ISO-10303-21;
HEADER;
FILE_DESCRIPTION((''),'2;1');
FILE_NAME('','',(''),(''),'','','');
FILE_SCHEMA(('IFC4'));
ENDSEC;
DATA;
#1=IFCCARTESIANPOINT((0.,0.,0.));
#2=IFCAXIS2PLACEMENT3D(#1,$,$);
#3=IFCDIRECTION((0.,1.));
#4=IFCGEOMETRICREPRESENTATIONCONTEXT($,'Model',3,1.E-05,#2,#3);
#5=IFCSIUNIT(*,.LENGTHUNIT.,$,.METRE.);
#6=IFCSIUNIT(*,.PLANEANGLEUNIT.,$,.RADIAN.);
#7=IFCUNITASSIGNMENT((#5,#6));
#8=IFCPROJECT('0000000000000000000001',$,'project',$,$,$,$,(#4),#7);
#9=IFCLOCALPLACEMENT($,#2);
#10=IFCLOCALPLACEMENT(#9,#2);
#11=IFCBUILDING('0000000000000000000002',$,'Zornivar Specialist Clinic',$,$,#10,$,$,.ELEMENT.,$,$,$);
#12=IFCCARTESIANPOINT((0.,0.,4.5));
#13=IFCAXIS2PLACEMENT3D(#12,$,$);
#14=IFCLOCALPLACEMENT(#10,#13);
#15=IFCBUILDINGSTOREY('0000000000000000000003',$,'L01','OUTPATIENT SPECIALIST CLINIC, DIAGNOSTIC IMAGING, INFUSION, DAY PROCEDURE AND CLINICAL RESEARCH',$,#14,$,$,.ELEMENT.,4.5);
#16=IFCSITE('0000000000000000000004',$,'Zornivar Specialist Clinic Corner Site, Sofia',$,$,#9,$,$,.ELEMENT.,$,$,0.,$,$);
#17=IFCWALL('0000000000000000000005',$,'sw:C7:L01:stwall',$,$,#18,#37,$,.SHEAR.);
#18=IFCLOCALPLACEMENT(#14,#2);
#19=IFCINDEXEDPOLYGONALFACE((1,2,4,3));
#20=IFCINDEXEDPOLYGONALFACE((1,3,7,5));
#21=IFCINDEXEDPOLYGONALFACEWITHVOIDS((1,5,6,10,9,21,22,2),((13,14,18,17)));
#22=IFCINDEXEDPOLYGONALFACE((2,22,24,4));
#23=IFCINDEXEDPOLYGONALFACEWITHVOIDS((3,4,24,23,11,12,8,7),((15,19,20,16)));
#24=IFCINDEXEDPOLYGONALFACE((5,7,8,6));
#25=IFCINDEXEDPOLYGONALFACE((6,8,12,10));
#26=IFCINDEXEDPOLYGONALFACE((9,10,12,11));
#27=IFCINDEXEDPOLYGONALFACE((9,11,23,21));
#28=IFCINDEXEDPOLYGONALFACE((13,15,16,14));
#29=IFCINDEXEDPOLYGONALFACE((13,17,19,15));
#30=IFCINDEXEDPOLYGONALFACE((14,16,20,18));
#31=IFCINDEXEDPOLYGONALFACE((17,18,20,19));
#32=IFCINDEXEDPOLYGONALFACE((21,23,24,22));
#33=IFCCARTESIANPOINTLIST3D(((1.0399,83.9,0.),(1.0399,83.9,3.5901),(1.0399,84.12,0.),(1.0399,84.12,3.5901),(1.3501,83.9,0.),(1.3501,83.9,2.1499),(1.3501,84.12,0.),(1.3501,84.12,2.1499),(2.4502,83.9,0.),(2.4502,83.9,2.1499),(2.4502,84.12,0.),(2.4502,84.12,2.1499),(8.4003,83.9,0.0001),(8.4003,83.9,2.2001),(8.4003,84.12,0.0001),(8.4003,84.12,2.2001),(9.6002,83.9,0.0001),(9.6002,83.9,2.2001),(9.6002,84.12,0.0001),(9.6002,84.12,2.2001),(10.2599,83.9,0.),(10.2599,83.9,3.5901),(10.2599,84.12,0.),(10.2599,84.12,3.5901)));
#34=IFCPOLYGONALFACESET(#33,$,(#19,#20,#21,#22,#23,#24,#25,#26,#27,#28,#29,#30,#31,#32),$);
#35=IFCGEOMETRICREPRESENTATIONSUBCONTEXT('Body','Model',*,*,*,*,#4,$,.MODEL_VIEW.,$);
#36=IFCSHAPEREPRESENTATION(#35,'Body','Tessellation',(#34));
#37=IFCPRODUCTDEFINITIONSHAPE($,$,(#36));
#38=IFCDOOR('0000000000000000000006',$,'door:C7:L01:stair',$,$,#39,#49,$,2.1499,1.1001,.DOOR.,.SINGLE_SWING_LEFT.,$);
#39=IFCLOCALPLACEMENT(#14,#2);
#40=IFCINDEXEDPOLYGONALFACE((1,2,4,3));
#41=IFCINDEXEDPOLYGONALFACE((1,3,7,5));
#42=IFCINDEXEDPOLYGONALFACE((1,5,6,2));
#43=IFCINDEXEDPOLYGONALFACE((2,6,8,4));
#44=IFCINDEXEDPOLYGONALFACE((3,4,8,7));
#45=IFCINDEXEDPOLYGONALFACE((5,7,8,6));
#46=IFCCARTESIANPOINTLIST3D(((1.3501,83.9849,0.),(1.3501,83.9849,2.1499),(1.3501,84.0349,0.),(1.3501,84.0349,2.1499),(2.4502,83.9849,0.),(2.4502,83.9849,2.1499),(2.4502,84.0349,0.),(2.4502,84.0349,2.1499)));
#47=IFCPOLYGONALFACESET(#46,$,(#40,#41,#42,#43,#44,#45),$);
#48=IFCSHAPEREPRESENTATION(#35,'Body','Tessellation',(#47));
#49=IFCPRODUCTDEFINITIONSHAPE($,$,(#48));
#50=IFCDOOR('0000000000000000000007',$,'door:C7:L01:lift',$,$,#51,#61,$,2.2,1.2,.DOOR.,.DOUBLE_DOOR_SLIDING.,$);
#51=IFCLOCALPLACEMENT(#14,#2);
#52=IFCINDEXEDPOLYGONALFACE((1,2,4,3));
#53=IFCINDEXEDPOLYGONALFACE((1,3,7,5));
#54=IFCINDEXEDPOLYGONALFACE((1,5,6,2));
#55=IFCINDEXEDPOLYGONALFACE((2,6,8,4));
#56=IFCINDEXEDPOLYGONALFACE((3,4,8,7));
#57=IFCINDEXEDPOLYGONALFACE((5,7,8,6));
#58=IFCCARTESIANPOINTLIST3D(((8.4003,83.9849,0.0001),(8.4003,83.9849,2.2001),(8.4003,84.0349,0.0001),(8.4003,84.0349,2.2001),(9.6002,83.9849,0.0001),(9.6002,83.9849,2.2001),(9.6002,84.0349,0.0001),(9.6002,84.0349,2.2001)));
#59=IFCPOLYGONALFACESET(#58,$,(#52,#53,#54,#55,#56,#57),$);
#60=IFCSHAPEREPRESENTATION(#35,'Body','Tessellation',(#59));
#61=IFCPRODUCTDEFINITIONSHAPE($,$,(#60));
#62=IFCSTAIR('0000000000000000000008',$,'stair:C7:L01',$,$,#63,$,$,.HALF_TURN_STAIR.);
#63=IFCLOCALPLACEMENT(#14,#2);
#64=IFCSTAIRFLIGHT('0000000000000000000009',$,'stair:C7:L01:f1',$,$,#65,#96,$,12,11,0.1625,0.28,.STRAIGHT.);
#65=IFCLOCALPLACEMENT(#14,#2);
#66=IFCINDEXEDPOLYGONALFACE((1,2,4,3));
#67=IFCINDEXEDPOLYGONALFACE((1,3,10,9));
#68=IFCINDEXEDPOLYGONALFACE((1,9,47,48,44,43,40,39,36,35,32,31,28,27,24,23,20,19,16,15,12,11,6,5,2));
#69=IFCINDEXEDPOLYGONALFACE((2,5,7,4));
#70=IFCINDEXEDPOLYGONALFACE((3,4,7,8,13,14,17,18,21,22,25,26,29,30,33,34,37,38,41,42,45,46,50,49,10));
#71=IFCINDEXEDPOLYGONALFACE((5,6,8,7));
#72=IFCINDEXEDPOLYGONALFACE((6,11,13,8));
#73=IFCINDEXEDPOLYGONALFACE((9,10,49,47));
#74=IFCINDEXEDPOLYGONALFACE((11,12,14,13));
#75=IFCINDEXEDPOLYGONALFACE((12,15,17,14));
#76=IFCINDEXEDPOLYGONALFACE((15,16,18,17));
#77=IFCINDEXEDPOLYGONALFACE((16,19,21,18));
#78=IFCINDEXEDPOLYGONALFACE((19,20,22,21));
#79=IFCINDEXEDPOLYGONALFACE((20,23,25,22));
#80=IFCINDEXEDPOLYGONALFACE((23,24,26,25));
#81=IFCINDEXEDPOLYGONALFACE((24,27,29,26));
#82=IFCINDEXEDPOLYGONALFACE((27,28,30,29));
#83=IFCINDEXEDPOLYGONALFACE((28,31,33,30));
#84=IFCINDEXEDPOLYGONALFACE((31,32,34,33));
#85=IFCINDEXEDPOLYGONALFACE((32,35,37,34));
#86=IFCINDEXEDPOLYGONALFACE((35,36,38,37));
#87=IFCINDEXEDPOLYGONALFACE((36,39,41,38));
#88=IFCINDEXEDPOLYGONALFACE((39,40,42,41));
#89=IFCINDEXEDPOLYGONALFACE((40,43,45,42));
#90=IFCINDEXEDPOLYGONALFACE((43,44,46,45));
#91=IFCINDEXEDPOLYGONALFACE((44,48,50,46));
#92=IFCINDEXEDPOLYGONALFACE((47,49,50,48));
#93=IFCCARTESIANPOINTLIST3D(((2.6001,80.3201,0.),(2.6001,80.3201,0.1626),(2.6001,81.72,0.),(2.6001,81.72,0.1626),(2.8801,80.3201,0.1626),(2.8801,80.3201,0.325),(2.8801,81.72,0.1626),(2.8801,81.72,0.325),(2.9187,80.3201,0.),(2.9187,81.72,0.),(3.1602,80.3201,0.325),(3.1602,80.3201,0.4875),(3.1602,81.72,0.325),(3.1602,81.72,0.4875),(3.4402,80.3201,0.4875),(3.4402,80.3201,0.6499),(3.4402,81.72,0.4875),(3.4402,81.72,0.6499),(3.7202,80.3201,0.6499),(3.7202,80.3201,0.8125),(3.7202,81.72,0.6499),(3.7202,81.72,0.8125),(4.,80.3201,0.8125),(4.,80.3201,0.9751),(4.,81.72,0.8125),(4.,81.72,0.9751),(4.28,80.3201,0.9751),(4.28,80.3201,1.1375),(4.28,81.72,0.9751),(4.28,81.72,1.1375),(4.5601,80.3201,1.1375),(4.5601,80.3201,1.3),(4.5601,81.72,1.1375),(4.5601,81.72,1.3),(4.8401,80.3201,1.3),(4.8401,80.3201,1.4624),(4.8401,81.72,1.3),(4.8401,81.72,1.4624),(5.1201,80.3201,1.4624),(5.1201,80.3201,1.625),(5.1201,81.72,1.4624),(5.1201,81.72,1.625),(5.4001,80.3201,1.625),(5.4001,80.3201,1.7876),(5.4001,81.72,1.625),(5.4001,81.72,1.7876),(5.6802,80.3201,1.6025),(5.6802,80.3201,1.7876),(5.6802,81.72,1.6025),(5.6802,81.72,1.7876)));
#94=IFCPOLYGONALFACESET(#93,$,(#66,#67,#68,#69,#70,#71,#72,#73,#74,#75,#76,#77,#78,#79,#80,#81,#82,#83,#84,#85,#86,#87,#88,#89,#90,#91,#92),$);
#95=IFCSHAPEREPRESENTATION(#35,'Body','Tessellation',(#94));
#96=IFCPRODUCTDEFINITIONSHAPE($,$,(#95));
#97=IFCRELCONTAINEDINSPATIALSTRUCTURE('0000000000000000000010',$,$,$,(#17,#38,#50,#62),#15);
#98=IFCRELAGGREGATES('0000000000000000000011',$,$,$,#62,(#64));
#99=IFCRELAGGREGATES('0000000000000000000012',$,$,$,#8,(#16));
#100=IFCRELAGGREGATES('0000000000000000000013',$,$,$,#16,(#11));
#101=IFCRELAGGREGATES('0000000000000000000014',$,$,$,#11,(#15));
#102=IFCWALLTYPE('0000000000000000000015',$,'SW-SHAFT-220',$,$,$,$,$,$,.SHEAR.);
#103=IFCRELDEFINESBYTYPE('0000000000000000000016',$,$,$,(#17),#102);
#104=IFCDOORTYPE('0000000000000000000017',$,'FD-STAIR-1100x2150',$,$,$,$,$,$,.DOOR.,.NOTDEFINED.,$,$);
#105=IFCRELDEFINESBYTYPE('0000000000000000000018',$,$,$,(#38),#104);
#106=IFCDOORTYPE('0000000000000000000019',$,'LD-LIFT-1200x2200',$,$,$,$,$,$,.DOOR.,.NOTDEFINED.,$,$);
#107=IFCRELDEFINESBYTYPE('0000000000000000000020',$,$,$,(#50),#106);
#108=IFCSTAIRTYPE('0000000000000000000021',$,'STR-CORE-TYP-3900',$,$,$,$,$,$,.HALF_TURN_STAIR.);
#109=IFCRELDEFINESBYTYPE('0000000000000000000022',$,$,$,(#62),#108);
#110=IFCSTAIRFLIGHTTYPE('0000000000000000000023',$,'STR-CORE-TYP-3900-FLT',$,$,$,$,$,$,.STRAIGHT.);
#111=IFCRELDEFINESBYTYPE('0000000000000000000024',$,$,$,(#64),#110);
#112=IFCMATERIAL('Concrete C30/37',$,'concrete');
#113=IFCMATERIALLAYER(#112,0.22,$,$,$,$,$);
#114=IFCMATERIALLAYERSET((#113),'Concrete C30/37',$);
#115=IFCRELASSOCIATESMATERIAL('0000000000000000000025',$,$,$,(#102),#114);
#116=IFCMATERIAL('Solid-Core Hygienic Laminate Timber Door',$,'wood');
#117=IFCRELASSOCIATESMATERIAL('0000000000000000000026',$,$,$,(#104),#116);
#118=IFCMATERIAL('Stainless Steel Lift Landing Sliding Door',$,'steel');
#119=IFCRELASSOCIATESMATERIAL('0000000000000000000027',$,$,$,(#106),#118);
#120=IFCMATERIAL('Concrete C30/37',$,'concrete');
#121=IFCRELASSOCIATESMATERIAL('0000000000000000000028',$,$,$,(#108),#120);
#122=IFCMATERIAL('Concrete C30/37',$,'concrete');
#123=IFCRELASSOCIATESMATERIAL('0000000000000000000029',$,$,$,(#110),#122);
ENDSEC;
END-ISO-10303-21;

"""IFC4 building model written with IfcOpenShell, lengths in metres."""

from ifc_helpers import new_model, si_unit, direction, frame, frame_2d, origin, place, context, subcontext, project, spatial, polyline, rectangle, outline, extrude, material, layer, layer_set, type_object, element, fill, aggregate, save


model = new_model("IFC4")

# Units and contexts
model_context = context("Model", 3, precision=1e-05, world=origin(), true_north=direction((0.0, 1.0)))
body_context = subcontext(model_context, "Body", "Model", "MODEL_VIEW")
ifc_project = project(units=[si_unit("LENGTHUNIT", "METRE"), si_unit("PLANEANGLEUNIT", "RADIAN")], contexts=[model_context])

# Site, building, storey
site_placement = place(None, origin())
site = spatial("IfcSite", under=ifc_project, at=site_placement, Name="Zornivar Specialist Clinic Corner Site, Sofia", CompositionType="ELEMENT", RefElevation=0.0)
building_placement = place(site_placement, origin())
building = spatial("IfcBuilding", under=site, at=building_placement, Name="Zornivar Specialist Clinic", CompositionType="ELEMENT")
storey_placement = place(building_placement, frame((0.0, 0.0, 4.5)))
storey = spatial("IfcBuildingStorey", under=building, at=storey_placement, Name="L01", Description="OUTPATIENT SPECIALIST CLINIC, DIAGNOSTIC IMAGING, INFUSION, DAY PROCEDURE AND CLINICAL RESEARCH", CompositionType="ELEMENT", Elevation=4.5)

# Wall, openings, doors
ifc_material_1 = material(Name="Concrete C30/37", Category="concrete")
ifc_layer_1 = layer(ifc_material_1, 0.22)
ifc_layer_set_1 = layer_set([ifc_layer_1], Name="Concrete C30/37")
wall_type_1 = type_object("IfcWallType", Name="SW-SHAFT-220", PredefinedType="SHEAR", material=ifc_layer_set_1)
wall_1_placement = place(storey_placement, frame((1.04, 84.01, 0.0), z_axis=(0.0, 0.0, 1.0), x_axis=(1.0, 0.0, 0.0)))
wall_1 = element("IfcWall", 1, at=wall_1_placement, inside=storey, type_object=wall_type_1, Name="sw:C7:L01:stwall", PredefinedType="SHEAR", context=body_context, shape_type="SweptSolid", body=[
    extrude(rectangle(XDim=9.22, YDim=0.22, at=frame_2d((4.6099, 0.0))), origin(), (0.0, 0.0, 1.0), 3.5901),
])
opening_1_placement = place(wall_1_placement, frame((0.3101, 0.0, 0.0)))
opening_1 = element("IfcOpeningElement", 2, at=opening_1_placement, cuts=wall_1, PredefinedType="OPENING", context=body_context, shape_type="SweptSolid", body=[
    extrude(rectangle(XDim=1.1001, YDim=2.1499, at=frame_2d((0.55, 1.075))), frame((0.0, 0.1199, 0.0), z_axis=(0.0, -1.0, 0.0), x_axis=(1.0, 0.0, 0.0)), (0.0, 0.0, 1.0), 0.24),
])
opening_2_placement = place(wall_1_placement, frame((7.3601, 0.0, 0.0)))
opening_2 = element("IfcOpeningElement", 3, at=opening_2_placement, cuts=wall_1, PredefinedType="OPENING", context=body_context, shape_type="SweptSolid", body=[
    extrude(rectangle(XDim=1.2, YDim=2.2, at=frame_2d((0.6001, 1.1001))), frame((0.0, 0.1199, 0.0), z_axis=(0.0, -1.0, 0.0), x_axis=(1.0, 0.0, 0.0)), (0.0, 0.0, 1.0), 0.24),
])
ifc_material_2 = material(Name="Solid-Core Hygienic Laminate Timber Door", Category="wood")
door_type_1 = type_object("IfcDoorType", Name="FD-STAIR-1100x2150", OperationType="NOTDEFINED", PredefinedType="DOOR", material=ifc_material_2)
door_1_placement = place(opening_1_placement, origin())
door_1 = element("IfcDoor", 4, at=door_1_placement, inside=storey, type_object=door_type_1, Name="door:C7:L01:stair", OperationType="SINGLE_SWING_LEFT", OverallHeight=2.1499, OverallWidth=1.1001, PredefinedType="DOOR", context=body_context, shape_type="SweptSolid", body=[
    extrude(rectangle(XDim=1.1001, YDim=2.1499, at=frame_2d((0.55, 1.075))), frame((0.0, 0.0249, 0.0), z_axis=(0.0, -1.0, 0.0), x_axis=(1.0, 0.0, 0.0)), (0.0, 0.0, 1.0), 0.05),
])
fill(opening_1, door_1)
ifc_material_3 = material(Name="Stainless Steel Lift Landing Sliding Door", Category="steel")
door_type_2 = type_object("IfcDoorType", Name="LD-LIFT-1200x2200", OperationType="NOTDEFINED", PredefinedType="DOOR", material=ifc_material_3)
door_2_placement = place(opening_2_placement, origin())
door_2 = element("IfcDoor", 5, at=door_2_placement, inside=storey, type_object=door_type_2, Name="door:C7:L01:lift", OperationType="DOUBLE_DOOR_SLIDING", OverallHeight=2.2, OverallWidth=1.2, PredefinedType="DOOR", context=body_context, shape_type="SweptSolid", body=[
    extrude(rectangle(XDim=1.2, YDim=2.2, at=frame_2d((0.6001, 1.1001))), frame((0.0, 0.0249, 0.0), z_axis=(0.0, -1.0, 0.0), x_axis=(1.0, 0.0, 0.0)), (0.0, 0.0, 1.0), 0.05),
])
fill(opening_2, door_2)

# Stair, stair flight
ifc_material_4 = material(Name="Concrete C30/37", Category="concrete")
stair_type = type_object("IfcStairType", Name="STR-CORE-TYP-3900", PredefinedType="HALF_TURN_STAIR", material=ifc_material_4)
stair_placement = place(storey_placement, origin())
stair = element("IfcStair", 6, at=stair_placement, inside=storey, type_object=stair_type, Name="stair:C7:L01", PredefinedType="HALF_TURN_STAIR")
ifc_material_5 = material(Name="Concrete C30/37", Category="concrete")
stair_flight_type = type_object("IfcStairFlightType", Name="STR-CORE-TYP-3900-FLT", PredefinedType="STRAIGHT", material=ifc_material_5)
stair_flight_placement = place(storey_placement, frame((2.6001, 81.02, 0.0), z_axis=(0.0, 0.0, 1.0), x_axis=(1.0, 0.0, 0.0)))
stair_flight = element("IfcStairFlight", 7, at=stair_flight_placement, type_object=stair_flight_type, Name="stair:C7:L01:f1", NumberOfRisers=12, NumberOfTreads=11, PredefinedType="STRAIGHT", RiserHeight=0.1625, TreadLength=0.28, context=body_context, shape_type="SweptSolid", body=[
    extrude(outline(polyline([(0.0, 0.0), (0.0, 0.1626), (0.28, 0.1626), (0.28, 0.325), (0.5601, 0.325), (0.5601, 0.4875), (0.8401, 0.4875), (0.8401, 0.6499), (1.1201, 0.6499), (1.1201, 0.8125), (1.3999, 0.8125), (1.3999, 0.9751), (1.6799, 0.9751), (1.6799, 1.1375), (1.96, 1.1375), (1.96, 1.3), (2.24, 1.3), (2.24, 1.4624), (2.52, 1.4624), (2.52, 1.625), (2.8, 1.625), (2.8, 1.7876), (3.0801, 1.7876), (3.0801, 1.95), (3.0801, 1.6025), (0.3186, 0.0), (0.0, 0.0)])), frame((0.0, 0.7, 0.0), z_axis=(0.0, -1.0, 0.0), x_axis=(1.0, 0.0, 0.0)), (0.0, 0.0, 1.0), 1.3999),
])
aggregate(stair, [stair_flight])

save(model, "model.ifc")
